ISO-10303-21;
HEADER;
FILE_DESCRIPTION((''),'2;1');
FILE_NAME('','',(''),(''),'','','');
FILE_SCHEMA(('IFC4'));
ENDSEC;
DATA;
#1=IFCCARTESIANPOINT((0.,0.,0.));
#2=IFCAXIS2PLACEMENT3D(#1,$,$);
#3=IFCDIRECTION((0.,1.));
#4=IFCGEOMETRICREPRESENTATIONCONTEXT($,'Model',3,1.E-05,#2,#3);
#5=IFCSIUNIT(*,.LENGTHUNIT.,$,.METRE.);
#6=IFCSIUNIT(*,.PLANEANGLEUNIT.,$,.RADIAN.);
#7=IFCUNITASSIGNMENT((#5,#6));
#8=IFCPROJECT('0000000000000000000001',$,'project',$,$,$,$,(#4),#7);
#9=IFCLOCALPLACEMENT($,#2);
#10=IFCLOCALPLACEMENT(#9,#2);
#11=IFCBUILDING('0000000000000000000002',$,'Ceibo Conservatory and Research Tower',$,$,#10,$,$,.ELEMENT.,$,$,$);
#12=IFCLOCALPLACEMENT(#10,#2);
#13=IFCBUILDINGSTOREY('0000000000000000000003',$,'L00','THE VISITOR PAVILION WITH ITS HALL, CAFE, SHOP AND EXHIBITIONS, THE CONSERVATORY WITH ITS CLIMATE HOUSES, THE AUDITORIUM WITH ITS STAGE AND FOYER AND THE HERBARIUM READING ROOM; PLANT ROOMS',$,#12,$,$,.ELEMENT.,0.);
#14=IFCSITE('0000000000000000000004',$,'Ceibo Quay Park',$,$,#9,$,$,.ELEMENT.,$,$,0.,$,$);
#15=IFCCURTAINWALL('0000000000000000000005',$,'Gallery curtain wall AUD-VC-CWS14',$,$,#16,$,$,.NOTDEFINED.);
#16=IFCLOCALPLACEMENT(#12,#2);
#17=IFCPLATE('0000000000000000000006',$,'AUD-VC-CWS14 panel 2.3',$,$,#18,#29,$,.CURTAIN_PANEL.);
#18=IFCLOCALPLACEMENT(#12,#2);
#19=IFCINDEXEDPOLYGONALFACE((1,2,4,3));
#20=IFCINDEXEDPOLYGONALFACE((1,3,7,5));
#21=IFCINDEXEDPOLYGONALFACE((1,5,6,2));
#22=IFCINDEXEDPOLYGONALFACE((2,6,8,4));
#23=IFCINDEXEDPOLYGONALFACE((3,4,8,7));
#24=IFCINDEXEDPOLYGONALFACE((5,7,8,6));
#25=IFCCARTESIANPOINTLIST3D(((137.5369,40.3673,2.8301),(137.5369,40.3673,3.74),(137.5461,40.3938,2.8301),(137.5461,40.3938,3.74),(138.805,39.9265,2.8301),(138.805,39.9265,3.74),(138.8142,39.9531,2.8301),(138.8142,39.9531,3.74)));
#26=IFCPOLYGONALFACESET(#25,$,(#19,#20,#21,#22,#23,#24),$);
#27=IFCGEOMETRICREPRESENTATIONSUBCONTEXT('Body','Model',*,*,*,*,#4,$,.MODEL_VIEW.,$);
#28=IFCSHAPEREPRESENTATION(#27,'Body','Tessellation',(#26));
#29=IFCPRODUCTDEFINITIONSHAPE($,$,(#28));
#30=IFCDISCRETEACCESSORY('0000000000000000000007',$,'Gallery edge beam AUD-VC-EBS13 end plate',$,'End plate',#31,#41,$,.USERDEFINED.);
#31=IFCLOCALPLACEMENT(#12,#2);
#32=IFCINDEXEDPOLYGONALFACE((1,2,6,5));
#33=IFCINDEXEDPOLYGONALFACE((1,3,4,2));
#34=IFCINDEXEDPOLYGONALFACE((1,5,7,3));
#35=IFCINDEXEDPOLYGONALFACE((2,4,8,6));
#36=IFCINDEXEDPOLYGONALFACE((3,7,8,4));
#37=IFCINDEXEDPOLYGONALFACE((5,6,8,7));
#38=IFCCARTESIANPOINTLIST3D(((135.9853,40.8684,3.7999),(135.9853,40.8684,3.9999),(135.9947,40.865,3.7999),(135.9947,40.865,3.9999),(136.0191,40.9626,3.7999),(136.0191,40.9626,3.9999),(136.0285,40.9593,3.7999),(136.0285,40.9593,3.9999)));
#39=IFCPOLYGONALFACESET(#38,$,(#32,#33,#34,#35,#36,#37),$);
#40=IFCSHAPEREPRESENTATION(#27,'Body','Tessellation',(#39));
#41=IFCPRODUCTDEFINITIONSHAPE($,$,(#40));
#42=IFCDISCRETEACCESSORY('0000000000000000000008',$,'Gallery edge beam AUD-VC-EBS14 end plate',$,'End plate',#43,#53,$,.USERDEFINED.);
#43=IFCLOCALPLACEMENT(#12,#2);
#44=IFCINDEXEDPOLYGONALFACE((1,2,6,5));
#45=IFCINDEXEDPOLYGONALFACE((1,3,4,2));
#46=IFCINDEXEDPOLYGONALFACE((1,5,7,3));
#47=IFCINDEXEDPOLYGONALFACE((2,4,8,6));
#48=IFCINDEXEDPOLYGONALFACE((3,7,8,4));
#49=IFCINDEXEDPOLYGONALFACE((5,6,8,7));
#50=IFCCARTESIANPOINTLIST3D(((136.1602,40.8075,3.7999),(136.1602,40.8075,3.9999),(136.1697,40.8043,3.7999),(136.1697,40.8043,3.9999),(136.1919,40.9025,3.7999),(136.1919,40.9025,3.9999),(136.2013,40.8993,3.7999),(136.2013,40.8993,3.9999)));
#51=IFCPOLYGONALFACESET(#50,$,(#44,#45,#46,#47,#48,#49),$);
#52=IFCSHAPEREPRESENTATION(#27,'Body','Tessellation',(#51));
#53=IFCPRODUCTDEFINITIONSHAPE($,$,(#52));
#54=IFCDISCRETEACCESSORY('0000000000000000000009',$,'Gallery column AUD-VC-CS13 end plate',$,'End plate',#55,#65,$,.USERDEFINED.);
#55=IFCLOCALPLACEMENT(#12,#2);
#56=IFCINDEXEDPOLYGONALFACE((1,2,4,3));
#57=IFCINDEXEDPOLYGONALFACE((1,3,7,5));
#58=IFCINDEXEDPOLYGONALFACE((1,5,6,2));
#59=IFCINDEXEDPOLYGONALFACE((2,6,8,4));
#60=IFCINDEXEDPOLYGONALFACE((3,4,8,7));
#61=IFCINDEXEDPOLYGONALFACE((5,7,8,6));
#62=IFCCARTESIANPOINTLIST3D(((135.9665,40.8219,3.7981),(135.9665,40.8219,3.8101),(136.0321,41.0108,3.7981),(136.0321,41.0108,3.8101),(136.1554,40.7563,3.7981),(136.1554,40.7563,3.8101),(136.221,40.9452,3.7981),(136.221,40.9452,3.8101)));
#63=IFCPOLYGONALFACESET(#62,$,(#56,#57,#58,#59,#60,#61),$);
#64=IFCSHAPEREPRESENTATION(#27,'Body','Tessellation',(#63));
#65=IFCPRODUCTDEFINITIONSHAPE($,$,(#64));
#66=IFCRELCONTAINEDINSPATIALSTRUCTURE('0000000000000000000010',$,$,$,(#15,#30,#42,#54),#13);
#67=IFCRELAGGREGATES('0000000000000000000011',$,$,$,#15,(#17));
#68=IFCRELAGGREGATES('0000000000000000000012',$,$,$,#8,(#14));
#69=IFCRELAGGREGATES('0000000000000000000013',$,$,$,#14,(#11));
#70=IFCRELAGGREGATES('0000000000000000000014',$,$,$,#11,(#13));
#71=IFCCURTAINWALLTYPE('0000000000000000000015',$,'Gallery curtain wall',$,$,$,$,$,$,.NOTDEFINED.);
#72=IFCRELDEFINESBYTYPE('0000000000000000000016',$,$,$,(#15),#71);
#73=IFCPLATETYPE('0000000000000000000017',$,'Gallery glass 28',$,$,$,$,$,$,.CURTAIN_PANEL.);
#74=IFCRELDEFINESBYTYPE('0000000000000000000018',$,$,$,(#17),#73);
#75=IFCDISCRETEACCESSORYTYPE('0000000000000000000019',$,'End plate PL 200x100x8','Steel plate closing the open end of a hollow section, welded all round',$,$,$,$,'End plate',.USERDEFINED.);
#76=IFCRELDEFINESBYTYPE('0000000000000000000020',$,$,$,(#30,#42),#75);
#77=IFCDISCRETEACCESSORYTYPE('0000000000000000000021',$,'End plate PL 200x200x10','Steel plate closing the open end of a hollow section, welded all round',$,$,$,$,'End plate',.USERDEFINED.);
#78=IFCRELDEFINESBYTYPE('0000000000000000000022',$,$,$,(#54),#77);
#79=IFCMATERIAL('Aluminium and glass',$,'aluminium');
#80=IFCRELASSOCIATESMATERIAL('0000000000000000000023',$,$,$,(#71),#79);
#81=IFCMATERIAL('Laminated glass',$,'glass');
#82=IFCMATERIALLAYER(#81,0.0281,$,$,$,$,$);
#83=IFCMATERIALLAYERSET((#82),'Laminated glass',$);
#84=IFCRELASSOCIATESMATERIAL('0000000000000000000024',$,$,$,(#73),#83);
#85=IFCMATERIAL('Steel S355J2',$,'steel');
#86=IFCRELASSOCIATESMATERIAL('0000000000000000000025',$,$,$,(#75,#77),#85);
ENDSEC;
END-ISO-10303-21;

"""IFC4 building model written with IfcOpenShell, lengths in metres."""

from ifc_helpers import new_model, si_unit, direction, frame, origin, origin_2d, place, context, subcontext, project, spatial, rectangle, extrude, material, layer, layer_set, material_profile, profile_set, type_object, element, aggregate, save


model = new_model("IFC4")

# Units and contexts
model_context = context("Model", 3, precision=1e-05, world=origin(), true_north=direction((0.0, 1.0)))
body_context = subcontext(model_context, "Body", "Model", "MODEL_VIEW")
ifc_project = project(units=[si_unit("LENGTHUNIT", "METRE"), si_unit("PLANEANGLEUNIT", "RADIAN")], contexts=[model_context])

# Site, building, storey
site_placement = place(None, origin())
site = spatial("IfcSite", under=ifc_project, at=site_placement, Name="Ceibo Quay Park", CompositionType="ELEMENT", RefElevation=0.0)
building_placement = place(site_placement, origin())
building = spatial("IfcBuilding", under=site, at=building_placement, Name="Ceibo Conservatory and Research Tower", CompositionType="ELEMENT")
storey_placement = place(building_placement, origin())
storey = spatial("IfcBuildingStorey", under=building, at=storey_placement, Name="L00", Description="THE VISITOR PAVILION WITH ITS HALL, CAFE, SHOP AND EXHIBITIONS, THE CONSERVATORY WITH ITS CLIMATE HOUSES, THE AUDITORIUM WITH ITS STAGE AND FOYER AND THE HERBARIUM READING ROOM; PLANT ROOMS", CompositionType="ELEMENT", Elevation=0.0)

# Shared definitions
ifc_material_1 = material(Name="Aluminium and glass", Category="aluminium")
curtain_wall_type = type_object("IfcCurtainWallType", Name="Gallery curtain wall", PredefinedType="NOTDEFINED", material=ifc_material_1)

# Curtain wall
curtain_wall_1_placement = place(storey_placement, origin())
curtain_wall_1 = element("IfcCurtainWall", 1, at=curtain_wall_1_placement, inside=storey, type_object=curtain_wall_type, Name="Gallery curtain wall AUD-VC-CWS14", PredefinedType="NOTDEFINED")

# Plate
ifc_material_2 = material(Name="Laminated glass", Category="glass")
ifc_layer = layer(ifc_material_2, 0.0281)
ifc_layer_set = layer_set([ifc_layer], Name="Laminated glass")
plate_type = type_object("IfcPlateType", Name="Gallery glass 28", PredefinedType="CURTAIN_PANEL", material=ifc_layer_set)
plate_1_placement = place(storey_placement, frame((138.1755, 40.1602, 2.8301), z_axis=(0.0, 0.0, 1.0), x_axis=(0.944579, -0.328284, 0.0)))
plate_1 = element("IfcPlate", 2, at=plate_1_placement, type_object=plate_type, Name="AUD-VC-CWS14 panel 2.3", PredefinedType="CURTAIN_PANEL", context=body_context, shape_type="SweptSolid", body=[
    extrude(rectangle(XDim=1.3425, YDim=0.0281, at=origin_2d()), origin(), (0.0, 0.0, 1.0), 0.9099),
])
aggregate(curtain_wall_1, [plate_1])

# Discrete accessories
ifc_material_3 = material(Name="Steel S355J2", Category="steel")
ifc_material_profile_1 = material_profile(ifc_material_3, rectangle(XDim=0.1001, YDim=0.2, at=origin_2d()), Name="End plate PL 200x100x8")
ifc_profile_set_1 = profile_set([ifc_material_profile_1], Name="Steel S355J2")
discrete_accessory_type_1 = type_object("IfcDiscreteAccessoryType", Name="End plate PL 200x100x8", Description="Steel plate closing the open end of a hollow section, welded all round", ElementType="End plate", PredefinedType="USERDEFINED", material=ifc_profile_set_1)
for number, where, z_axis, x_axis, name in (
    (3, (136.0022, 40.9155, 3.8999), (0.941195, -0.337865, 0.0), (0.337865, 0.941195, 0.0), "Gallery edge beam AUD-VC-EBS13 end plate"),
    (4, (136.176, 40.855, 3.8999), (0.948683, -0.316228, 0.0), (0.316228, 0.948683, 0.0), "Gallery edge beam AUD-VC-EBS14 end plate"),
):
    element("IfcDiscreteAccessory", number, at=place(storey_placement, frame(where, z_axis=z_axis, x_axis=x_axis)), inside=storey, type_object=discrete_accessory_type_1, Name=name, ObjectType="End plate", PredefinedType="USERDEFINED", context=body_context, shape_type="SweptSolid", body=[
        extrude(rectangle(XDim=0.1001, YDim=0.2, at=origin_2d()), origin(), (0.0, 0.0, 1.0), 0.01),
    ])
ifc_material_profile_2 = material_profile(ifc_material_3, rectangle(XDim=0.2, YDim=0.2, at=origin_2d()), Name="End plate PL 200x200x10")
ifc_profile_set_2 = profile_set([ifc_material_profile_2], Name="Steel S355J2")
discrete_accessory_type_2 = type_object("IfcDiscreteAccessoryType", Name="End plate PL 200x200x10", Description="Steel plate closing the open end of a hollow section, welded all round", ElementType="End plate", PredefinedType="USERDEFINED", material=ifc_profile_set_2)
discrete_accessory_placement = place(storey_placement, frame((136.0938, 40.8835, 3.7981), z_axis=(0.0, 0.0, 1.0), x_axis=(0.944579, -0.328284, 0.0)))
element("IfcDiscreteAccessory", 5, at=discrete_accessory_placement, inside=storey, type_object=discrete_accessory_type_2, Name="Gallery column AUD-VC-CS13 end plate", ObjectType="End plate", PredefinedType="USERDEFINED", context=body_context, shape_type="SweptSolid", body=[
    extrude(rectangle(XDim=0.2, YDim=0.2, at=origin_2d()), origin(), (0.0, 0.0, 1.0), 0.012),
])

save(model, "model.ifc")
